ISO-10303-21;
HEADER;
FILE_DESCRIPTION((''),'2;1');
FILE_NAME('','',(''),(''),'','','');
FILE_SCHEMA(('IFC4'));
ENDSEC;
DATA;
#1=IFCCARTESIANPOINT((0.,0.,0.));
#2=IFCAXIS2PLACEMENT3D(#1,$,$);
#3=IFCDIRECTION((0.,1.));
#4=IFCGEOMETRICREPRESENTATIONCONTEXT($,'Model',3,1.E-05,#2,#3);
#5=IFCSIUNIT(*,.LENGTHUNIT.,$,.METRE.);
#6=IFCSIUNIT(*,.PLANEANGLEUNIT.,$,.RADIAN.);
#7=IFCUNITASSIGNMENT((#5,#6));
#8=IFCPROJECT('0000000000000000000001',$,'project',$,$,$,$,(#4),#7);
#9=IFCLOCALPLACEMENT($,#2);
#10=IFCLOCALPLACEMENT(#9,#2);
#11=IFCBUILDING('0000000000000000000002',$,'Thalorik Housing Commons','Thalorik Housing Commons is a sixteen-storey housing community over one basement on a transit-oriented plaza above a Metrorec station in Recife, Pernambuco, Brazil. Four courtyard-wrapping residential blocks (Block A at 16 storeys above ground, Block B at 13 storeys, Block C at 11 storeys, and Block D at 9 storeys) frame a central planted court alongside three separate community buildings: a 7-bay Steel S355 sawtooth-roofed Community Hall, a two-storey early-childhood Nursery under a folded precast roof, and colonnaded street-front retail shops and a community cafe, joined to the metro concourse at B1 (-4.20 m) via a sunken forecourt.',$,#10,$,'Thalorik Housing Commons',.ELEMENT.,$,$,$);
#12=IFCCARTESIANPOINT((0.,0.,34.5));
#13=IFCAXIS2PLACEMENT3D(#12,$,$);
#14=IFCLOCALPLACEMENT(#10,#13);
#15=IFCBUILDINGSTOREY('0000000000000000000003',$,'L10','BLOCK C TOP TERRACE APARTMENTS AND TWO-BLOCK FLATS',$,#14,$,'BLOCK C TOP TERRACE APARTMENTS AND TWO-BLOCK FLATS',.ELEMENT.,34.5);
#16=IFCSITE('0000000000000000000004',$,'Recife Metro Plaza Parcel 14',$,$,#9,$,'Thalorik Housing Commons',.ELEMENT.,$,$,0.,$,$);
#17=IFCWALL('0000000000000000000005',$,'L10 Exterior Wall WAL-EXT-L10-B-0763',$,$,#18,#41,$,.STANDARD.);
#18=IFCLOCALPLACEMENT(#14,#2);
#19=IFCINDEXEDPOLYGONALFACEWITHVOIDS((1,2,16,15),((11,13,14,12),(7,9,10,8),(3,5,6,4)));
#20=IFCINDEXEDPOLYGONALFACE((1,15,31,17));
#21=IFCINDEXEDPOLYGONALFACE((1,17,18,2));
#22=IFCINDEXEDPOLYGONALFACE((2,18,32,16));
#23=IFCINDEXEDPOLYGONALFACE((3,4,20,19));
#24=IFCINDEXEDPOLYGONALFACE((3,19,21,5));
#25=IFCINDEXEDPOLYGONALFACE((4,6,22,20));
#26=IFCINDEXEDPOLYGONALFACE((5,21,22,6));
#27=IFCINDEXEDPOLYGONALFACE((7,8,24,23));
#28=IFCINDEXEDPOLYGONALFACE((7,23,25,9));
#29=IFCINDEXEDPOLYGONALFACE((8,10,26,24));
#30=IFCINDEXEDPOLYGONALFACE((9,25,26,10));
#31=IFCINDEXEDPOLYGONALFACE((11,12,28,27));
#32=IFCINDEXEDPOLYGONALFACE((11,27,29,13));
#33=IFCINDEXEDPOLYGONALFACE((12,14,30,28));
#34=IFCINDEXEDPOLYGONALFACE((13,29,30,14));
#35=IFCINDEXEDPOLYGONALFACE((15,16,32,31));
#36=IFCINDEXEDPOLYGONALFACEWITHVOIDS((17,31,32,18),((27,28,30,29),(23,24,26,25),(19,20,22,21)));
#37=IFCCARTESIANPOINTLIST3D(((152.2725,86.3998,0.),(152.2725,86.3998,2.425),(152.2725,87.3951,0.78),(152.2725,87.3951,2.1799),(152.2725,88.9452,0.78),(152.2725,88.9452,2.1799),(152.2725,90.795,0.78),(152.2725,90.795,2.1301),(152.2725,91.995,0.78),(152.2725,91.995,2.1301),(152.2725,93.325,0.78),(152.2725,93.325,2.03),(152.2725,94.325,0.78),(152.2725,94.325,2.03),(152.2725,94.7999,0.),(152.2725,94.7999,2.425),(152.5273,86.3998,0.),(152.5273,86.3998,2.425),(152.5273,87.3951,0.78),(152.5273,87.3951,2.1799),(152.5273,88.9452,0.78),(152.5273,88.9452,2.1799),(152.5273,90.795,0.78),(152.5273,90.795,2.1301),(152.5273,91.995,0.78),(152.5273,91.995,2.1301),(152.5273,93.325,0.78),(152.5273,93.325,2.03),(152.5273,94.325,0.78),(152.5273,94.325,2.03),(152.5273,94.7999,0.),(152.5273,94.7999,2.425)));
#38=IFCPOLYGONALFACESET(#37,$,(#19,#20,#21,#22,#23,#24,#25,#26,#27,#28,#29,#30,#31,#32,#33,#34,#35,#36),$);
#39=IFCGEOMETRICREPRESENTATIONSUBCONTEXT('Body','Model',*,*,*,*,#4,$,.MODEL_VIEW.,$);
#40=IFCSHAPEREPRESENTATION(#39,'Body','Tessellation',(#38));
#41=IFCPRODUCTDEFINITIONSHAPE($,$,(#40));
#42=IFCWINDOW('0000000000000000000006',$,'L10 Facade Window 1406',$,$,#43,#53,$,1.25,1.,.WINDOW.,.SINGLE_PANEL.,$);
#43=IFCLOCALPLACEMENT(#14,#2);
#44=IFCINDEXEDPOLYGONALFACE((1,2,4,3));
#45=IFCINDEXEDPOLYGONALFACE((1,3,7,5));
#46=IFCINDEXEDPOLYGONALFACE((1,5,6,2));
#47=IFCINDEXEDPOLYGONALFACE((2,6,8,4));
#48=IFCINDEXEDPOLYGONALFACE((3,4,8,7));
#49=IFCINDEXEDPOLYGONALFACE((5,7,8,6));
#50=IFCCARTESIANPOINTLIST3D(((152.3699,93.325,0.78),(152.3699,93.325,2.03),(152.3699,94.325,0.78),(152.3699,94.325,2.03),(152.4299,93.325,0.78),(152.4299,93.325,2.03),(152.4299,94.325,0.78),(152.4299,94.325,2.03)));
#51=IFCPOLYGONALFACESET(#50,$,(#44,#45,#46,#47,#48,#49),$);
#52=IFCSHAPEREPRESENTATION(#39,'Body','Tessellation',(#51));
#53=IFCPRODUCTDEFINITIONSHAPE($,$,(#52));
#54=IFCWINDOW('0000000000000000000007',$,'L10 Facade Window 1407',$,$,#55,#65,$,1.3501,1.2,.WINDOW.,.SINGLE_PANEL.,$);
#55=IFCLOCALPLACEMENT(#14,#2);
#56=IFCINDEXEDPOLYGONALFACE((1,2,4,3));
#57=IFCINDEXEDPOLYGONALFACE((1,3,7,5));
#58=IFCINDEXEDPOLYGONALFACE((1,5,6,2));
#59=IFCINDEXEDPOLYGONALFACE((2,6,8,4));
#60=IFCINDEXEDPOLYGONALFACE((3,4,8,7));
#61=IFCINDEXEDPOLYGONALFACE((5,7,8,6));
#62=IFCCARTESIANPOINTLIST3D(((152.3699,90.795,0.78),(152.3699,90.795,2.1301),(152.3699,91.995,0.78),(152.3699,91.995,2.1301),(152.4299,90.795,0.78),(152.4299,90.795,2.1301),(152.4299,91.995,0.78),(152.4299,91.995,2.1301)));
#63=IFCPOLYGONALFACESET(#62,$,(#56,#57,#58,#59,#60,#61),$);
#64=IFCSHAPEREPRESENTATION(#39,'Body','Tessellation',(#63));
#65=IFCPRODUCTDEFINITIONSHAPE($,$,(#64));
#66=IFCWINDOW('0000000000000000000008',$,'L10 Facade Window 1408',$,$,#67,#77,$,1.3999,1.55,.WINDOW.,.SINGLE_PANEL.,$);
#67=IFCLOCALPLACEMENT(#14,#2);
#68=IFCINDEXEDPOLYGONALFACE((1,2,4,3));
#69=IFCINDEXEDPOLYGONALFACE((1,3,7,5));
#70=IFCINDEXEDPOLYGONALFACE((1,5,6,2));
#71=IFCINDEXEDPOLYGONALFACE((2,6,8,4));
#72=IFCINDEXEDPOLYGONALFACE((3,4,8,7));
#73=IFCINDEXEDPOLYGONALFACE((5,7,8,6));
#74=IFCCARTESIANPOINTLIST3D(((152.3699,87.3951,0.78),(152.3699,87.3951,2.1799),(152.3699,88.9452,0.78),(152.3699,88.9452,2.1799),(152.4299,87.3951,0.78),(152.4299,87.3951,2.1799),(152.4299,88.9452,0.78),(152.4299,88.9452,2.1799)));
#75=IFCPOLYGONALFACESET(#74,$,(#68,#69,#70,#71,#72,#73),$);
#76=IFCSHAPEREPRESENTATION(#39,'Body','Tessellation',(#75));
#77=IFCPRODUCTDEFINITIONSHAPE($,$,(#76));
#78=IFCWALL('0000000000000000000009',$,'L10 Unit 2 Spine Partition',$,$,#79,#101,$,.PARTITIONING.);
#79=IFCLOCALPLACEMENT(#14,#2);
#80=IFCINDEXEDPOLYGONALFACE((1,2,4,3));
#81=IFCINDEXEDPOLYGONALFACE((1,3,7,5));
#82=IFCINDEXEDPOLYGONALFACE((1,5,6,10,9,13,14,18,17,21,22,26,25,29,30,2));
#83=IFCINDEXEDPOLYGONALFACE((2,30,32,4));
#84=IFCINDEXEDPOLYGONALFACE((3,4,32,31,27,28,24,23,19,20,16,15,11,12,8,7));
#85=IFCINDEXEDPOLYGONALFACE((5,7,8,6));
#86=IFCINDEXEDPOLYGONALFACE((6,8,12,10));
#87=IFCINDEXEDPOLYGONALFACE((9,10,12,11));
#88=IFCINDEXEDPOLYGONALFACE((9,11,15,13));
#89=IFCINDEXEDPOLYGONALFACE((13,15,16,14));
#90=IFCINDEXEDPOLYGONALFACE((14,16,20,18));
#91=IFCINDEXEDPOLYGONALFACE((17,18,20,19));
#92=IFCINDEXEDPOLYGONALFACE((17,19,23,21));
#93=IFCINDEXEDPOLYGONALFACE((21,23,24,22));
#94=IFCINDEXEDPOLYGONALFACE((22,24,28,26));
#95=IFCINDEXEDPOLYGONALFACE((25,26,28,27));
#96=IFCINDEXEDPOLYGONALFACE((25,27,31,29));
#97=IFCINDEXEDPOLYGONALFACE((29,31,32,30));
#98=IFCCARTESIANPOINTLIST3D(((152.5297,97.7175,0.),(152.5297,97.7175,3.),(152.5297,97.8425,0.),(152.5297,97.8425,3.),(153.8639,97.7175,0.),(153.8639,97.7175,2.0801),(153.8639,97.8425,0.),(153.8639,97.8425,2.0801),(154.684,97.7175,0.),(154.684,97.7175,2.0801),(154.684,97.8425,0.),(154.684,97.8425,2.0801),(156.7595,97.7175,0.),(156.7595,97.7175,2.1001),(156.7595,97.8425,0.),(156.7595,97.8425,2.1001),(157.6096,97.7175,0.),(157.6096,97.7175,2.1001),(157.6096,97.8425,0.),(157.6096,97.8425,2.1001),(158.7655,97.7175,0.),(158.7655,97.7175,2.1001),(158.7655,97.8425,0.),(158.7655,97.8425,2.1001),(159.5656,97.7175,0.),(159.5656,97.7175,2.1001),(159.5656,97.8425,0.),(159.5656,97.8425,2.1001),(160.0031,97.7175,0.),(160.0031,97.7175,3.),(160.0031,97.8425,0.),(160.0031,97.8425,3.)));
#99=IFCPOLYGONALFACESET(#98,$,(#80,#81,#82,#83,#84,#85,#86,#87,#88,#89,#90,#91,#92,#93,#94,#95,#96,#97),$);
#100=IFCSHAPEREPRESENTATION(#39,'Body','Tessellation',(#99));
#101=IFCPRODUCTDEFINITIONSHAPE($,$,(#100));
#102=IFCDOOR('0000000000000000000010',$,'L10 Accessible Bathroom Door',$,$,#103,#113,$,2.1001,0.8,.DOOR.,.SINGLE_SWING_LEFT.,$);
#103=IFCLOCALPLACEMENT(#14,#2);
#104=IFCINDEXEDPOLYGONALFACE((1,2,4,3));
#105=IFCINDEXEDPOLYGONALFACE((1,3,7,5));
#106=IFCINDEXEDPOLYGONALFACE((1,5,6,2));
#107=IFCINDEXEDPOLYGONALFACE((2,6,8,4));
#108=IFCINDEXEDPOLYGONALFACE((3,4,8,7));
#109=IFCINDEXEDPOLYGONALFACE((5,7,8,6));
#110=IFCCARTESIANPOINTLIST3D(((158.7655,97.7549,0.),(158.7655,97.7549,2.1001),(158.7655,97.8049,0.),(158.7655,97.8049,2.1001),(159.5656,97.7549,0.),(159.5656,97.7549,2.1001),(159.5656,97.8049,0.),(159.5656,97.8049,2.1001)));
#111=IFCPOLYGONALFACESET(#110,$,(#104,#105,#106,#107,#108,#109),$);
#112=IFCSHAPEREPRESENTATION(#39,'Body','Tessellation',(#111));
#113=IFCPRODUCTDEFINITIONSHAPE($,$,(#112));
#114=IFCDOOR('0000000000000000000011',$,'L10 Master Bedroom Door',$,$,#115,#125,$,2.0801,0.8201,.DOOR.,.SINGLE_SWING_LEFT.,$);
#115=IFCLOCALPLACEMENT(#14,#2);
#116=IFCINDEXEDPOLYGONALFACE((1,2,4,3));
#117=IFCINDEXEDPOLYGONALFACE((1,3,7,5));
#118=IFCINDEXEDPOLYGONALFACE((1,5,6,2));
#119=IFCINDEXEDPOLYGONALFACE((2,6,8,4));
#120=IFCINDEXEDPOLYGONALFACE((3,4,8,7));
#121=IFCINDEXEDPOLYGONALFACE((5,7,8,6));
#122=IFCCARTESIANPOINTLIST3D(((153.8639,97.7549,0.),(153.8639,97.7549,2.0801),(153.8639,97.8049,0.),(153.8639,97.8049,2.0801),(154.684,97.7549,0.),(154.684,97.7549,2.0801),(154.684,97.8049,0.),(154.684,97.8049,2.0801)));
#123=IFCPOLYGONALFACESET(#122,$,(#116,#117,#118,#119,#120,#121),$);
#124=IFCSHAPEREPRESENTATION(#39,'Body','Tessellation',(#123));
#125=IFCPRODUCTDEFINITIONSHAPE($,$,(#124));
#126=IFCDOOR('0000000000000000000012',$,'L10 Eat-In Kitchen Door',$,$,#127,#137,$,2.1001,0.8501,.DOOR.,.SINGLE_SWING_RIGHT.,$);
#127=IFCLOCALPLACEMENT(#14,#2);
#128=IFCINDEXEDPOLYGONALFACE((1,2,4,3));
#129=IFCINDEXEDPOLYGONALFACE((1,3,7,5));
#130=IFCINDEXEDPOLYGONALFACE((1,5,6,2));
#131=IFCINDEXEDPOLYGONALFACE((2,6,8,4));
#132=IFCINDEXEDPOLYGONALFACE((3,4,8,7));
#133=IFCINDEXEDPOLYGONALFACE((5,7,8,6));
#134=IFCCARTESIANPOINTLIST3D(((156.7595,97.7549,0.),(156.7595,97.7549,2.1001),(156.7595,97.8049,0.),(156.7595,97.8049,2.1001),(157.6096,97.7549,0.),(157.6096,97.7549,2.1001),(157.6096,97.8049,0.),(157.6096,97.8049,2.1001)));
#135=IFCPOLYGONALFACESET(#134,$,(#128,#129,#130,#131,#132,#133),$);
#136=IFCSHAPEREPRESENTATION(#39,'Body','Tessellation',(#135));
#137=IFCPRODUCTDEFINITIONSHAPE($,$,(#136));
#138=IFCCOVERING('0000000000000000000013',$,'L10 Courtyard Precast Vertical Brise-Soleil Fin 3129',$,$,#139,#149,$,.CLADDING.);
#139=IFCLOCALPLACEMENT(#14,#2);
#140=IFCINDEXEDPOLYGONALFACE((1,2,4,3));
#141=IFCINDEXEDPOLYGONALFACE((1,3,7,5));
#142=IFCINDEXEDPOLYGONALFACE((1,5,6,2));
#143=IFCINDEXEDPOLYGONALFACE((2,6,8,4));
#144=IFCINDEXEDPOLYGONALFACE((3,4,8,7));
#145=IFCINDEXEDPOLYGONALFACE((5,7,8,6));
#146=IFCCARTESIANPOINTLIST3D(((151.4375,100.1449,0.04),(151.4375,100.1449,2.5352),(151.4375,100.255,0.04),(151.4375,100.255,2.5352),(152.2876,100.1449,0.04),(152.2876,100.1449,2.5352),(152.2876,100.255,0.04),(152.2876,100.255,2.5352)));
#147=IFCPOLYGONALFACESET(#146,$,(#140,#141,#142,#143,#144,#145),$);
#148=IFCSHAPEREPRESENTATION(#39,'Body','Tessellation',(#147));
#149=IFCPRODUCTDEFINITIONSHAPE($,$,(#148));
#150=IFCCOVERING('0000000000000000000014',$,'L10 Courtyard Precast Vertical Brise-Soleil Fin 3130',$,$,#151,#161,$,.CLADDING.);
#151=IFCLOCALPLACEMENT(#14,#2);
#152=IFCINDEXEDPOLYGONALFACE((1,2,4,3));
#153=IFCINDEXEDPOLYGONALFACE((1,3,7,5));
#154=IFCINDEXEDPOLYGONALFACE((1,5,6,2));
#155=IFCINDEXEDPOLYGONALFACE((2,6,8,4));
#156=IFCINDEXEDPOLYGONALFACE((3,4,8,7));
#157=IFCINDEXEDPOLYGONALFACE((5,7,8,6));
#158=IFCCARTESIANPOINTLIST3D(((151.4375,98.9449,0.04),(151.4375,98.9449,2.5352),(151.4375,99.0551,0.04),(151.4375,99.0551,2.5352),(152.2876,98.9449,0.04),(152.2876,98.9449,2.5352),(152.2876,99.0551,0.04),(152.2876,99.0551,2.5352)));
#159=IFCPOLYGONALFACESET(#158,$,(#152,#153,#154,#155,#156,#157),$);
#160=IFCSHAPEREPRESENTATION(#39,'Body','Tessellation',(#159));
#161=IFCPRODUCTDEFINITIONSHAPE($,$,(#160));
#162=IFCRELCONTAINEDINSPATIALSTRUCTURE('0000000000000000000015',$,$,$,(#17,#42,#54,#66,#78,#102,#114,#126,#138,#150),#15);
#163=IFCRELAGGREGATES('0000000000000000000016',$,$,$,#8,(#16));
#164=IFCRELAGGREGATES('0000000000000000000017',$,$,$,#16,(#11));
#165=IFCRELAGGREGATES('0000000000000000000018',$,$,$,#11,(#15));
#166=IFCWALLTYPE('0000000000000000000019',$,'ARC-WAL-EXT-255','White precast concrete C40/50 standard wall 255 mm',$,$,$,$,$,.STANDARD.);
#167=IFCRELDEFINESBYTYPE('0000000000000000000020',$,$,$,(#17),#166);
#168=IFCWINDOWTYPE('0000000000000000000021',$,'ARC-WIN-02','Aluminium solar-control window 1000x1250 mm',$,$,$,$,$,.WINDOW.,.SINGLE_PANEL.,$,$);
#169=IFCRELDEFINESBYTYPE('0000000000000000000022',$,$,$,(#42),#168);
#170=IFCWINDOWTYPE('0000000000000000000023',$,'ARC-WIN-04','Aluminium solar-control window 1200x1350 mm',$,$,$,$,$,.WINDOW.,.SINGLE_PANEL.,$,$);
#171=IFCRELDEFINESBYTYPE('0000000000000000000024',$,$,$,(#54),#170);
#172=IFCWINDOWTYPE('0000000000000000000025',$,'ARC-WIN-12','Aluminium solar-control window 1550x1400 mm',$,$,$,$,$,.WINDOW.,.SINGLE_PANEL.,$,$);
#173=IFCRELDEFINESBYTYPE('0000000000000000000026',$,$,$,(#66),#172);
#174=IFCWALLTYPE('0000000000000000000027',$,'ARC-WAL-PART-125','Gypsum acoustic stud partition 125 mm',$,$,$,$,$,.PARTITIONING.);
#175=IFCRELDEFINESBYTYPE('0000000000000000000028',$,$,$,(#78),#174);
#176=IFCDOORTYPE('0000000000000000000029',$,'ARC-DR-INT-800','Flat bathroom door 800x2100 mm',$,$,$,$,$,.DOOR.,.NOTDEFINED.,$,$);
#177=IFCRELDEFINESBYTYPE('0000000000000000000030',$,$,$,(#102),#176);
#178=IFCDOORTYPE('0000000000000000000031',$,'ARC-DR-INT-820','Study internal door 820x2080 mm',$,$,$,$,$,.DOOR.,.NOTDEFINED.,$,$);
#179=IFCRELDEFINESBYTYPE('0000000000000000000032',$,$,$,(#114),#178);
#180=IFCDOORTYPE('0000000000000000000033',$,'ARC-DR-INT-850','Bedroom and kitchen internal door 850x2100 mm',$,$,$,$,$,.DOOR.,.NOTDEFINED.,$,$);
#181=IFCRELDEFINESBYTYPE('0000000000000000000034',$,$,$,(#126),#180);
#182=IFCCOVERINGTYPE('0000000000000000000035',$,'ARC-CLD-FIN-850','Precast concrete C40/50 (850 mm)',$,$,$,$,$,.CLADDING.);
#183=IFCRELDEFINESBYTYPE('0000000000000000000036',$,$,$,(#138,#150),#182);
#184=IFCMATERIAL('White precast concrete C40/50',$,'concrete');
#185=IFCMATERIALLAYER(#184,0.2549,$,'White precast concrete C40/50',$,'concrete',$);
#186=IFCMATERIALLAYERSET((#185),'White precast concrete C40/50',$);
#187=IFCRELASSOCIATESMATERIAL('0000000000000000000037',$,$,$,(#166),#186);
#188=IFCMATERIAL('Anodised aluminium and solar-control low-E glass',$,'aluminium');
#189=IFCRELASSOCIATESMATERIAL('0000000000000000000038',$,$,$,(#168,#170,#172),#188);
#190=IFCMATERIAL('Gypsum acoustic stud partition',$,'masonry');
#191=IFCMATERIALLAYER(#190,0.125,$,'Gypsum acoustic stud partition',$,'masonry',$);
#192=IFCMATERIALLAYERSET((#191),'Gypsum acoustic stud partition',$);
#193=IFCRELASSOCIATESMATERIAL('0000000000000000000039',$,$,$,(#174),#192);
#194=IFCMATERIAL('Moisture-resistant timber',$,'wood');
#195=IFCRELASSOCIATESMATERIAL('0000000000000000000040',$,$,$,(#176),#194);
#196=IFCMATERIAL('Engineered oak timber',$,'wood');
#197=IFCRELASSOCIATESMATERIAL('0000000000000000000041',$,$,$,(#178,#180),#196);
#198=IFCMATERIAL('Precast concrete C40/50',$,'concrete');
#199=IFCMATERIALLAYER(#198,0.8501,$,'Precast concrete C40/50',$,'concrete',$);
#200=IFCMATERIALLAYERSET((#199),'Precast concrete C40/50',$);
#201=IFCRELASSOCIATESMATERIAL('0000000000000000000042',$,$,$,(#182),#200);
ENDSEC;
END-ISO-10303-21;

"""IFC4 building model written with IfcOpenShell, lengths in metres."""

from ifc_helpers import new_model, si_unit, direction, frame, frame_2d, origin, origin_2d, place, context, subcontext, project, spatial, rectangle, extrude, material, layer, layer_set, type_object, element, fill, save


model = new_model("IFC4")

# Units and contexts
model_context = context("Model", 3, precision=1e-05, world=origin(), true_north=direction((0.0, 1.0)))
body_context = subcontext(model_context, "Body", "Model", "MODEL_VIEW")
ifc_project = project(units=[si_unit("LENGTHUNIT", "METRE"), si_unit("PLANEANGLEUNIT", "RADIAN")], contexts=[model_context])

# Site, building, storey
site_placement = place(None, origin())
site = spatial("IfcSite", under=ifc_project, at=site_placement, Name="Recife Metro Plaza Parcel 14", LongName="Thalorik Housing Commons", CompositionType="ELEMENT", RefElevation=0.0)
building_placement = place(site_placement, origin())
building = spatial("IfcBuilding", under=site, at=building_placement, Name="Thalorik Housing Commons", Description="Thalorik Housing Commons is a sixteen-storey housing community over one basement on a transit-oriented plaza above a Metrorec station in Recife, Pernambuco, Brazil. Four courtyard-wrapping residential blocks (Block A at 16 storeys above ground, Block B at 13 storeys, Block C at 11 storeys, and Block D at 9 storeys) frame a central planted court alongside three separate community buildings: a 7-bay Steel S355 sawtooth-roofed Community Hall, a two-storey early-childhood Nursery under a folded precast roof, and colonnaded street-front retail shops and a community cafe, joined to the metro concourse at B1 (-4.20 m) via a sunken forecourt.", LongName="Thalorik Housing Commons", CompositionType="ELEMENT")
storey_placement = place(building_placement, frame((0.0, 0.0, 34.5)))
storey = spatial("IfcBuildingStorey", under=building, at=storey_placement, Name="L10", Description="BLOCK C TOP TERRACE APARTMENTS AND TWO-BLOCK FLATS", LongName="BLOCK C TOP TERRACE APARTMENTS AND TWO-BLOCK FLATS", CompositionType="ELEMENT", Elevation=34.5)

# Shared definitions
ifc_material_1 = material(Name="Precast concrete C40/50", Category="concrete")

# Wall, openings, windows
ifc_material_2 = material(Name="White precast concrete C40/50", Category="concrete")
ifc_layer_1 = layer(ifc_material_2, 0.2549, Name="White precast concrete C40/50", Category="concrete")
ifc_layer_set_1 = layer_set([ifc_layer_1], Name="White precast concrete C40/50")
wall_type_1 = type_object("IfcWallType", Name="ARC-WAL-EXT-255", Description="White precast concrete C40/50 standard wall 255 mm", PredefinedType="STANDARD", material=ifc_layer_set_1)
ifc_material_3 = material(Name="Anodised aluminium and solar-control low-E glass", Category="aluminium")
wall_1_placement = place(storey_placement, frame((152.3999, 94.8, 0.0), z_axis=(0.0, 0.0, 1.0), x_axis=(0.0, -1.0, 0.0)))
wall_1 = element("IfcWall", 1, at=wall_1_placement, inside=storey, type_object=wall_type_1, Name="L10 Exterior Wall WAL-EXT-L10-B-0763", PredefinedType="STANDARD", context=body_context, shape_type="SweptSolid", body=[
    extrude(rectangle(XDim=8.4001, YDim=0.2549, at=frame_2d((4.2002, 0.0))), origin(), (0.0, 0.0, 1.0), 2.425),
])
opening_1_placement = place(wall_1_placement, frame((0.4751, 0.0, 0.78)))
opening_1 = element("IfcOpeningElement", 2, at=opening_1_placement, cuts=wall_1, PredefinedType="OPENING", context=body_context, shape_type="SweptSolid", body=[
    extrude(rectangle(XDim=1.0, YDim=1.25, at=frame_2d((0.5, 0.625))), frame((0.0, 0.1375, 0.0), z_axis=(0.0, -1.0, 0.0), x_axis=(1.0, 0.0, 0.0)), (0.0, 0.0, 1.0), 0.2749),
])
opening_2_placement = place(wall_1_placement, frame((2.8049, 0.0, 0.78)))
opening_2 = element("IfcOpeningElement", 3, at=opening_2_placement, cuts=wall_1, PredefinedType="OPENING", context=body_context, shape_type="SweptSolid", body=[
    extrude(rectangle(XDim=1.2, YDim=1.3501, at=frame_2d((0.6001, 0.675))), frame((0.0, 0.1375, 0.0), z_axis=(0.0, -1.0, 0.0), x_axis=(1.0, 0.0, 0.0)), (0.0, 0.0, 1.0), 0.2749),
])
opening_3_placement = place(wall_1_placement, frame((5.855, 0.0, 0.78)))
opening_3 = element("IfcOpeningElement", 4, at=opening_3_placement, cuts=wall_1, PredefinedType="OPENING", context=body_context, shape_type="SweptSolid", body=[
    extrude(rectangle(XDim=1.55, YDim=1.3999, at=frame_2d((0.7749, 0.7))), frame((0.0, 0.1375, 0.0), z_axis=(0.0, -1.0, 0.0), x_axis=(1.0, 0.0, 0.0)), (0.0, 0.0, 1.0), 0.2749),
])
window_type_1 = type_object("IfcWindowType", Name="ARC-WIN-02", Description="Aluminium solar-control window 1000x1250 mm", PartitioningType="SINGLE_PANEL", PredefinedType="WINDOW", material=ifc_material_3)
window_1_placement = place(opening_1_placement, origin())
window_1 = element("IfcWindow", 5, at=window_1_placement, inside=storey, type_object=window_type_1, Name="L10 Facade Window 1406", OverallHeight=1.25, OverallWidth=1.0, PartitioningType="SINGLE_PANEL", PredefinedType="WINDOW", context=body_context, shape_type="SweptSolid", body=[
    extrude(rectangle(XDim=1.0, YDim=1.25, at=frame_2d((0.5, 0.625))), frame((0.0, 0.03, 0.0), z_axis=(0.0, -1.0, 0.0), x_axis=(1.0, 0.0, 0.0)), (0.0, 0.0, 1.0), 0.0601),
])
fill(opening_1, window_1)
window_type_2 = type_object("IfcWindowType", Name="ARC-WIN-04", Description="Aluminium solar-control window 1200x1350 mm", PartitioningType="SINGLE_PANEL", PredefinedType="WINDOW", material=ifc_material_3)
window_2_placement = place(opening_2_placement, origin())
window_2 = element("IfcWindow", 6, at=window_2_placement, inside=storey, type_object=window_type_2, Name="L10 Facade Window 1407", OverallHeight=1.3501, OverallWidth=1.2, PartitioningType="SINGLE_PANEL", PredefinedType="WINDOW", context=body_context, shape_type="SweptSolid", body=[
    extrude(rectangle(XDim=1.2, YDim=1.3501, at=frame_2d((0.6001, 0.675))), frame((0.0, 0.03, 0.0), z_axis=(0.0, -1.0, 0.0), x_axis=(1.0, 0.0, 0.0)), (0.0, 0.0, 1.0), 0.0601),
])
fill(opening_2, window_2)
window_type_3 = type_object("IfcWindowType", Name="ARC-WIN-12", Description="Aluminium solar-control window 1550x1400 mm", PartitioningType="SINGLE_PANEL", PredefinedType="WINDOW", material=ifc_material_3)
window_3_placement = place(opening_3_placement, origin())
window_3 = element("IfcWindow", 7, at=window_3_placement, inside=storey, type_object=window_type_3, Name="L10 Facade Window 1408", OverallHeight=1.3999, OverallWidth=1.55, PartitioningType="SINGLE_PANEL", PredefinedType="WINDOW", context=body_context, shape_type="SweptSolid", body=[
    extrude(rectangle(XDim=1.55, YDim=1.3999, at=frame_2d((0.7749, 0.7))), frame((0.0, 0.03, 0.0), z_axis=(0.0, -1.0, 0.0), x_axis=(1.0, 0.0, 0.0)), (0.0, 0.0, 1.0), 0.0601),
])
fill(opening_3, window_3)

# Wall, openings, doors
ifc_material_4 = material(Name="Gypsum acoustic stud partition", Category="masonry")
ifc_layer_2 = layer(ifc_material_4, 0.125, Name="Gypsum acoustic stud partition", Category="masonry")
ifc_layer_set_2 = layer_set([ifc_layer_2], Name="Gypsum acoustic stud partition")
wall_type_2 = type_object("IfcWallType", Name="ARC-WAL-PART-125", Description="Gypsum acoustic stud partition 125 mm", PredefinedType="PARTITIONING", material=ifc_layer_set_2)
wall_2_placement = place(storey_placement, frame((152.5295, 97.78, 0.0), z_axis=(0.0, 0.0, 1.0), x_axis=(1.0, 0.0, 0.0)))
wall_2 = element("IfcWall", 8, at=wall_2_placement, inside=storey, type_object=wall_type_2, Name="L10 Unit 2 Spine Partition", PredefinedType="PARTITIONING", context=body_context, shape_type="SweptSolid", body=[
    extrude(rectangle(XDim=7.4734, YDim=0.125, at=frame_2d((3.7368, 0.0))), origin(), (0.0, 0.0, 1.0), 3.0),
])
opening_4_placement = place(wall_2_placement, frame((1.3342, 0.0, 0.0)))
opening_4 = element("IfcOpeningElement", 9, at=opening_4_placement, cuts=wall_2, PredefinedType="OPENING", context=body_context, shape_type="SweptSolid", body=[
    extrude(rectangle(XDim=0.8201, YDim=2.0801, at=frame_2d((0.4102, 1.04))), frame((0.0, 0.0725, 0.0), z_axis=(0.0, -1.0, 0.0), x_axis=(1.0, 0.0, 0.0)), (0.0, 0.0, 1.0), 0.145),
])
opening_5_placement = place(wall_2_placement, frame((4.23, 0.0, 0.0)))
opening_5 = element("IfcOpeningElement", 10, at=opening_5_placement, cuts=wall_2, PredefinedType="OPENING", context=body_context, shape_type="SweptSolid", body=[
    extrude(rectangle(XDim=0.8501, YDim=2.1001, at=frame_2d((0.425, 1.05))), frame((0.0, 0.0725, 0.0), z_axis=(0.0, -1.0, 0.0), x_axis=(1.0, 0.0, 0.0)), (0.0, 0.0, 1.0), 0.145),
])
opening_6_placement = place(wall_2_placement, frame((6.2361, 0.0, 0.0)))
opening_6 = element("IfcOpeningElement", 11, at=opening_6_placement, cuts=wall_2, PredefinedType="OPENING", context=body_context, shape_type="SweptSolid", body=[
    extrude(rectangle(XDim=0.8, YDim=2.1001, at=frame_2d((0.3999, 1.05))), frame((0.0, 0.0725, 0.0), z_axis=(0.0, -1.0, 0.0), x_axis=(1.0, 0.0, 0.0)), (0.0, 0.0, 1.0), 0.145),
])
ifc_material_5 = material(Name="Moisture-resistant timber", Category="wood")
door_type_1 = type_object("IfcDoorType", Name="ARC-DR-INT-800", Description="Flat bathroom door 800x2100 mm", OperationType="NOTDEFINED", PredefinedType="DOOR", material=ifc_material_5)
door_1_placement = place(opening_6_placement, origin())
door_1 = element("IfcDoor", 12, at=door_1_placement, inside=storey, type_object=door_type_1, Name="L10 Accessible Bathroom Door", OperationType="SINGLE_SWING_LEFT", OverallHeight=2.1001, OverallWidth=0.8, PredefinedType="DOOR", context=body_context, shape_type="SweptSolid", body=[
    extrude(rectangle(XDim=0.8, YDim=2.1001, at=frame_2d((0.3999, 1.05))), frame((0.0, 0.0249, 0.0), z_axis=(0.0, -1.0, 0.0), x_axis=(1.0, 0.0, 0.0)), (0.0, 0.0, 1.0), 0.05),
])
fill(opening_6, door_1)
ifc_material_6 = material(Name="Engineered oak timber", Category="wood")
door_type_2 = type_object("IfcDoorType", Name="ARC-DR-INT-820", Description="Study internal door 820x2080 mm", OperationType="NOTDEFINED", PredefinedType="DOOR", material=ifc_material_6)
door_2_placement = place(opening_4_placement, origin())
door_2 = element("IfcDoor", 13, at=door_2_placement, inside=storey, type_object=door_type_2, Name="L10 Master Bedroom Door", OperationType="SINGLE_SWING_LEFT", OverallHeight=2.0801, OverallWidth=0.8201, PredefinedType="DOOR", context=body_context, shape_type="SweptSolid", body=[
    extrude(rectangle(XDim=0.8201, YDim=2.0801, at=frame_2d((0.4102, 1.04))), frame((0.0, 0.0249, 0.0), z_axis=(0.0, -1.0, 0.0), x_axis=(1.0, 0.0, 0.0)), (0.0, 0.0, 1.0), 0.05),
])
fill(opening_4, door_2)
door_type_3 = type_object("IfcDoorType", Name="ARC-DR-INT-850", Description="Bedroom and kitchen internal door 850x2100 mm", OperationType="NOTDEFINED", PredefinedType="DOOR", material=ifc_material_6)
door_3_placement = place(opening_5_placement, origin())
door_3 = element("IfcDoor", 14, at=door_3_placement, inside=storey, type_object=door_type_3, Name="L10 Eat-In Kitchen Door", OperationType="SINGLE_SWING_RIGHT", OverallHeight=2.1001, OverallWidth=0.8501, PredefinedType="DOOR", context=body_context, shape_type="SweptSolid", body=[
    extrude(rectangle(XDim=0.8501, YDim=2.1001, at=frame_2d((0.425, 1.05))), frame((0.0, 0.0249, 0.0), z_axis=(0.0, -1.0, 0.0), x_axis=(1.0, 0.0, 0.0)), (0.0, 0.0, 1.0), 0.05),
])
fill(opening_5, door_3)

# Coverings
ifc_layer_3 = layer(ifc_material_1, 0.8501, Name="Precast concrete C40/50", Category="concrete")
ifc_layer_set_3 = layer_set([ifc_layer_3], Name="Precast concrete C40/50")
covering_type_1 = type_object("IfcCoveringType", Name="ARC-CLD-FIN-850", Description="Precast concrete C40/50 (850 mm)", PredefinedType="CLADDING", material=ifc_layer_set_3)
for number, where, z_axis, x_axis, name in (
    (15, (151.8625, 100.2, 0.04), (0.0, 0.0, 1.0), (0.0, -1.0, 0.0), "L10 Courtyard Precast Vertical Brise-Soleil Fin 3129"),
    (16, (151.8625, 99.0, 0.04), (0.0, 0.0, 1.0), (0.0, -1.0, 0.0), "L10 Courtyard Precast Vertical Brise-Soleil Fin 3130"),
):
    element("IfcCovering", number, at=place(storey_placement, frame(where, z_axis=z_axis, x_axis=x_axis)), inside=storey, type_object=covering_type_1, Name=name, PredefinedType="CLADDING", context=body_context, shape_type="SweptSolid", body=[
        extrude(rectangle(XDim=0.1101, YDim=0.8501, at=origin_2d()), origin(), (0.0, 0.0, 1.0), 2.4951),
    ])

save(model, "model.ifc")
